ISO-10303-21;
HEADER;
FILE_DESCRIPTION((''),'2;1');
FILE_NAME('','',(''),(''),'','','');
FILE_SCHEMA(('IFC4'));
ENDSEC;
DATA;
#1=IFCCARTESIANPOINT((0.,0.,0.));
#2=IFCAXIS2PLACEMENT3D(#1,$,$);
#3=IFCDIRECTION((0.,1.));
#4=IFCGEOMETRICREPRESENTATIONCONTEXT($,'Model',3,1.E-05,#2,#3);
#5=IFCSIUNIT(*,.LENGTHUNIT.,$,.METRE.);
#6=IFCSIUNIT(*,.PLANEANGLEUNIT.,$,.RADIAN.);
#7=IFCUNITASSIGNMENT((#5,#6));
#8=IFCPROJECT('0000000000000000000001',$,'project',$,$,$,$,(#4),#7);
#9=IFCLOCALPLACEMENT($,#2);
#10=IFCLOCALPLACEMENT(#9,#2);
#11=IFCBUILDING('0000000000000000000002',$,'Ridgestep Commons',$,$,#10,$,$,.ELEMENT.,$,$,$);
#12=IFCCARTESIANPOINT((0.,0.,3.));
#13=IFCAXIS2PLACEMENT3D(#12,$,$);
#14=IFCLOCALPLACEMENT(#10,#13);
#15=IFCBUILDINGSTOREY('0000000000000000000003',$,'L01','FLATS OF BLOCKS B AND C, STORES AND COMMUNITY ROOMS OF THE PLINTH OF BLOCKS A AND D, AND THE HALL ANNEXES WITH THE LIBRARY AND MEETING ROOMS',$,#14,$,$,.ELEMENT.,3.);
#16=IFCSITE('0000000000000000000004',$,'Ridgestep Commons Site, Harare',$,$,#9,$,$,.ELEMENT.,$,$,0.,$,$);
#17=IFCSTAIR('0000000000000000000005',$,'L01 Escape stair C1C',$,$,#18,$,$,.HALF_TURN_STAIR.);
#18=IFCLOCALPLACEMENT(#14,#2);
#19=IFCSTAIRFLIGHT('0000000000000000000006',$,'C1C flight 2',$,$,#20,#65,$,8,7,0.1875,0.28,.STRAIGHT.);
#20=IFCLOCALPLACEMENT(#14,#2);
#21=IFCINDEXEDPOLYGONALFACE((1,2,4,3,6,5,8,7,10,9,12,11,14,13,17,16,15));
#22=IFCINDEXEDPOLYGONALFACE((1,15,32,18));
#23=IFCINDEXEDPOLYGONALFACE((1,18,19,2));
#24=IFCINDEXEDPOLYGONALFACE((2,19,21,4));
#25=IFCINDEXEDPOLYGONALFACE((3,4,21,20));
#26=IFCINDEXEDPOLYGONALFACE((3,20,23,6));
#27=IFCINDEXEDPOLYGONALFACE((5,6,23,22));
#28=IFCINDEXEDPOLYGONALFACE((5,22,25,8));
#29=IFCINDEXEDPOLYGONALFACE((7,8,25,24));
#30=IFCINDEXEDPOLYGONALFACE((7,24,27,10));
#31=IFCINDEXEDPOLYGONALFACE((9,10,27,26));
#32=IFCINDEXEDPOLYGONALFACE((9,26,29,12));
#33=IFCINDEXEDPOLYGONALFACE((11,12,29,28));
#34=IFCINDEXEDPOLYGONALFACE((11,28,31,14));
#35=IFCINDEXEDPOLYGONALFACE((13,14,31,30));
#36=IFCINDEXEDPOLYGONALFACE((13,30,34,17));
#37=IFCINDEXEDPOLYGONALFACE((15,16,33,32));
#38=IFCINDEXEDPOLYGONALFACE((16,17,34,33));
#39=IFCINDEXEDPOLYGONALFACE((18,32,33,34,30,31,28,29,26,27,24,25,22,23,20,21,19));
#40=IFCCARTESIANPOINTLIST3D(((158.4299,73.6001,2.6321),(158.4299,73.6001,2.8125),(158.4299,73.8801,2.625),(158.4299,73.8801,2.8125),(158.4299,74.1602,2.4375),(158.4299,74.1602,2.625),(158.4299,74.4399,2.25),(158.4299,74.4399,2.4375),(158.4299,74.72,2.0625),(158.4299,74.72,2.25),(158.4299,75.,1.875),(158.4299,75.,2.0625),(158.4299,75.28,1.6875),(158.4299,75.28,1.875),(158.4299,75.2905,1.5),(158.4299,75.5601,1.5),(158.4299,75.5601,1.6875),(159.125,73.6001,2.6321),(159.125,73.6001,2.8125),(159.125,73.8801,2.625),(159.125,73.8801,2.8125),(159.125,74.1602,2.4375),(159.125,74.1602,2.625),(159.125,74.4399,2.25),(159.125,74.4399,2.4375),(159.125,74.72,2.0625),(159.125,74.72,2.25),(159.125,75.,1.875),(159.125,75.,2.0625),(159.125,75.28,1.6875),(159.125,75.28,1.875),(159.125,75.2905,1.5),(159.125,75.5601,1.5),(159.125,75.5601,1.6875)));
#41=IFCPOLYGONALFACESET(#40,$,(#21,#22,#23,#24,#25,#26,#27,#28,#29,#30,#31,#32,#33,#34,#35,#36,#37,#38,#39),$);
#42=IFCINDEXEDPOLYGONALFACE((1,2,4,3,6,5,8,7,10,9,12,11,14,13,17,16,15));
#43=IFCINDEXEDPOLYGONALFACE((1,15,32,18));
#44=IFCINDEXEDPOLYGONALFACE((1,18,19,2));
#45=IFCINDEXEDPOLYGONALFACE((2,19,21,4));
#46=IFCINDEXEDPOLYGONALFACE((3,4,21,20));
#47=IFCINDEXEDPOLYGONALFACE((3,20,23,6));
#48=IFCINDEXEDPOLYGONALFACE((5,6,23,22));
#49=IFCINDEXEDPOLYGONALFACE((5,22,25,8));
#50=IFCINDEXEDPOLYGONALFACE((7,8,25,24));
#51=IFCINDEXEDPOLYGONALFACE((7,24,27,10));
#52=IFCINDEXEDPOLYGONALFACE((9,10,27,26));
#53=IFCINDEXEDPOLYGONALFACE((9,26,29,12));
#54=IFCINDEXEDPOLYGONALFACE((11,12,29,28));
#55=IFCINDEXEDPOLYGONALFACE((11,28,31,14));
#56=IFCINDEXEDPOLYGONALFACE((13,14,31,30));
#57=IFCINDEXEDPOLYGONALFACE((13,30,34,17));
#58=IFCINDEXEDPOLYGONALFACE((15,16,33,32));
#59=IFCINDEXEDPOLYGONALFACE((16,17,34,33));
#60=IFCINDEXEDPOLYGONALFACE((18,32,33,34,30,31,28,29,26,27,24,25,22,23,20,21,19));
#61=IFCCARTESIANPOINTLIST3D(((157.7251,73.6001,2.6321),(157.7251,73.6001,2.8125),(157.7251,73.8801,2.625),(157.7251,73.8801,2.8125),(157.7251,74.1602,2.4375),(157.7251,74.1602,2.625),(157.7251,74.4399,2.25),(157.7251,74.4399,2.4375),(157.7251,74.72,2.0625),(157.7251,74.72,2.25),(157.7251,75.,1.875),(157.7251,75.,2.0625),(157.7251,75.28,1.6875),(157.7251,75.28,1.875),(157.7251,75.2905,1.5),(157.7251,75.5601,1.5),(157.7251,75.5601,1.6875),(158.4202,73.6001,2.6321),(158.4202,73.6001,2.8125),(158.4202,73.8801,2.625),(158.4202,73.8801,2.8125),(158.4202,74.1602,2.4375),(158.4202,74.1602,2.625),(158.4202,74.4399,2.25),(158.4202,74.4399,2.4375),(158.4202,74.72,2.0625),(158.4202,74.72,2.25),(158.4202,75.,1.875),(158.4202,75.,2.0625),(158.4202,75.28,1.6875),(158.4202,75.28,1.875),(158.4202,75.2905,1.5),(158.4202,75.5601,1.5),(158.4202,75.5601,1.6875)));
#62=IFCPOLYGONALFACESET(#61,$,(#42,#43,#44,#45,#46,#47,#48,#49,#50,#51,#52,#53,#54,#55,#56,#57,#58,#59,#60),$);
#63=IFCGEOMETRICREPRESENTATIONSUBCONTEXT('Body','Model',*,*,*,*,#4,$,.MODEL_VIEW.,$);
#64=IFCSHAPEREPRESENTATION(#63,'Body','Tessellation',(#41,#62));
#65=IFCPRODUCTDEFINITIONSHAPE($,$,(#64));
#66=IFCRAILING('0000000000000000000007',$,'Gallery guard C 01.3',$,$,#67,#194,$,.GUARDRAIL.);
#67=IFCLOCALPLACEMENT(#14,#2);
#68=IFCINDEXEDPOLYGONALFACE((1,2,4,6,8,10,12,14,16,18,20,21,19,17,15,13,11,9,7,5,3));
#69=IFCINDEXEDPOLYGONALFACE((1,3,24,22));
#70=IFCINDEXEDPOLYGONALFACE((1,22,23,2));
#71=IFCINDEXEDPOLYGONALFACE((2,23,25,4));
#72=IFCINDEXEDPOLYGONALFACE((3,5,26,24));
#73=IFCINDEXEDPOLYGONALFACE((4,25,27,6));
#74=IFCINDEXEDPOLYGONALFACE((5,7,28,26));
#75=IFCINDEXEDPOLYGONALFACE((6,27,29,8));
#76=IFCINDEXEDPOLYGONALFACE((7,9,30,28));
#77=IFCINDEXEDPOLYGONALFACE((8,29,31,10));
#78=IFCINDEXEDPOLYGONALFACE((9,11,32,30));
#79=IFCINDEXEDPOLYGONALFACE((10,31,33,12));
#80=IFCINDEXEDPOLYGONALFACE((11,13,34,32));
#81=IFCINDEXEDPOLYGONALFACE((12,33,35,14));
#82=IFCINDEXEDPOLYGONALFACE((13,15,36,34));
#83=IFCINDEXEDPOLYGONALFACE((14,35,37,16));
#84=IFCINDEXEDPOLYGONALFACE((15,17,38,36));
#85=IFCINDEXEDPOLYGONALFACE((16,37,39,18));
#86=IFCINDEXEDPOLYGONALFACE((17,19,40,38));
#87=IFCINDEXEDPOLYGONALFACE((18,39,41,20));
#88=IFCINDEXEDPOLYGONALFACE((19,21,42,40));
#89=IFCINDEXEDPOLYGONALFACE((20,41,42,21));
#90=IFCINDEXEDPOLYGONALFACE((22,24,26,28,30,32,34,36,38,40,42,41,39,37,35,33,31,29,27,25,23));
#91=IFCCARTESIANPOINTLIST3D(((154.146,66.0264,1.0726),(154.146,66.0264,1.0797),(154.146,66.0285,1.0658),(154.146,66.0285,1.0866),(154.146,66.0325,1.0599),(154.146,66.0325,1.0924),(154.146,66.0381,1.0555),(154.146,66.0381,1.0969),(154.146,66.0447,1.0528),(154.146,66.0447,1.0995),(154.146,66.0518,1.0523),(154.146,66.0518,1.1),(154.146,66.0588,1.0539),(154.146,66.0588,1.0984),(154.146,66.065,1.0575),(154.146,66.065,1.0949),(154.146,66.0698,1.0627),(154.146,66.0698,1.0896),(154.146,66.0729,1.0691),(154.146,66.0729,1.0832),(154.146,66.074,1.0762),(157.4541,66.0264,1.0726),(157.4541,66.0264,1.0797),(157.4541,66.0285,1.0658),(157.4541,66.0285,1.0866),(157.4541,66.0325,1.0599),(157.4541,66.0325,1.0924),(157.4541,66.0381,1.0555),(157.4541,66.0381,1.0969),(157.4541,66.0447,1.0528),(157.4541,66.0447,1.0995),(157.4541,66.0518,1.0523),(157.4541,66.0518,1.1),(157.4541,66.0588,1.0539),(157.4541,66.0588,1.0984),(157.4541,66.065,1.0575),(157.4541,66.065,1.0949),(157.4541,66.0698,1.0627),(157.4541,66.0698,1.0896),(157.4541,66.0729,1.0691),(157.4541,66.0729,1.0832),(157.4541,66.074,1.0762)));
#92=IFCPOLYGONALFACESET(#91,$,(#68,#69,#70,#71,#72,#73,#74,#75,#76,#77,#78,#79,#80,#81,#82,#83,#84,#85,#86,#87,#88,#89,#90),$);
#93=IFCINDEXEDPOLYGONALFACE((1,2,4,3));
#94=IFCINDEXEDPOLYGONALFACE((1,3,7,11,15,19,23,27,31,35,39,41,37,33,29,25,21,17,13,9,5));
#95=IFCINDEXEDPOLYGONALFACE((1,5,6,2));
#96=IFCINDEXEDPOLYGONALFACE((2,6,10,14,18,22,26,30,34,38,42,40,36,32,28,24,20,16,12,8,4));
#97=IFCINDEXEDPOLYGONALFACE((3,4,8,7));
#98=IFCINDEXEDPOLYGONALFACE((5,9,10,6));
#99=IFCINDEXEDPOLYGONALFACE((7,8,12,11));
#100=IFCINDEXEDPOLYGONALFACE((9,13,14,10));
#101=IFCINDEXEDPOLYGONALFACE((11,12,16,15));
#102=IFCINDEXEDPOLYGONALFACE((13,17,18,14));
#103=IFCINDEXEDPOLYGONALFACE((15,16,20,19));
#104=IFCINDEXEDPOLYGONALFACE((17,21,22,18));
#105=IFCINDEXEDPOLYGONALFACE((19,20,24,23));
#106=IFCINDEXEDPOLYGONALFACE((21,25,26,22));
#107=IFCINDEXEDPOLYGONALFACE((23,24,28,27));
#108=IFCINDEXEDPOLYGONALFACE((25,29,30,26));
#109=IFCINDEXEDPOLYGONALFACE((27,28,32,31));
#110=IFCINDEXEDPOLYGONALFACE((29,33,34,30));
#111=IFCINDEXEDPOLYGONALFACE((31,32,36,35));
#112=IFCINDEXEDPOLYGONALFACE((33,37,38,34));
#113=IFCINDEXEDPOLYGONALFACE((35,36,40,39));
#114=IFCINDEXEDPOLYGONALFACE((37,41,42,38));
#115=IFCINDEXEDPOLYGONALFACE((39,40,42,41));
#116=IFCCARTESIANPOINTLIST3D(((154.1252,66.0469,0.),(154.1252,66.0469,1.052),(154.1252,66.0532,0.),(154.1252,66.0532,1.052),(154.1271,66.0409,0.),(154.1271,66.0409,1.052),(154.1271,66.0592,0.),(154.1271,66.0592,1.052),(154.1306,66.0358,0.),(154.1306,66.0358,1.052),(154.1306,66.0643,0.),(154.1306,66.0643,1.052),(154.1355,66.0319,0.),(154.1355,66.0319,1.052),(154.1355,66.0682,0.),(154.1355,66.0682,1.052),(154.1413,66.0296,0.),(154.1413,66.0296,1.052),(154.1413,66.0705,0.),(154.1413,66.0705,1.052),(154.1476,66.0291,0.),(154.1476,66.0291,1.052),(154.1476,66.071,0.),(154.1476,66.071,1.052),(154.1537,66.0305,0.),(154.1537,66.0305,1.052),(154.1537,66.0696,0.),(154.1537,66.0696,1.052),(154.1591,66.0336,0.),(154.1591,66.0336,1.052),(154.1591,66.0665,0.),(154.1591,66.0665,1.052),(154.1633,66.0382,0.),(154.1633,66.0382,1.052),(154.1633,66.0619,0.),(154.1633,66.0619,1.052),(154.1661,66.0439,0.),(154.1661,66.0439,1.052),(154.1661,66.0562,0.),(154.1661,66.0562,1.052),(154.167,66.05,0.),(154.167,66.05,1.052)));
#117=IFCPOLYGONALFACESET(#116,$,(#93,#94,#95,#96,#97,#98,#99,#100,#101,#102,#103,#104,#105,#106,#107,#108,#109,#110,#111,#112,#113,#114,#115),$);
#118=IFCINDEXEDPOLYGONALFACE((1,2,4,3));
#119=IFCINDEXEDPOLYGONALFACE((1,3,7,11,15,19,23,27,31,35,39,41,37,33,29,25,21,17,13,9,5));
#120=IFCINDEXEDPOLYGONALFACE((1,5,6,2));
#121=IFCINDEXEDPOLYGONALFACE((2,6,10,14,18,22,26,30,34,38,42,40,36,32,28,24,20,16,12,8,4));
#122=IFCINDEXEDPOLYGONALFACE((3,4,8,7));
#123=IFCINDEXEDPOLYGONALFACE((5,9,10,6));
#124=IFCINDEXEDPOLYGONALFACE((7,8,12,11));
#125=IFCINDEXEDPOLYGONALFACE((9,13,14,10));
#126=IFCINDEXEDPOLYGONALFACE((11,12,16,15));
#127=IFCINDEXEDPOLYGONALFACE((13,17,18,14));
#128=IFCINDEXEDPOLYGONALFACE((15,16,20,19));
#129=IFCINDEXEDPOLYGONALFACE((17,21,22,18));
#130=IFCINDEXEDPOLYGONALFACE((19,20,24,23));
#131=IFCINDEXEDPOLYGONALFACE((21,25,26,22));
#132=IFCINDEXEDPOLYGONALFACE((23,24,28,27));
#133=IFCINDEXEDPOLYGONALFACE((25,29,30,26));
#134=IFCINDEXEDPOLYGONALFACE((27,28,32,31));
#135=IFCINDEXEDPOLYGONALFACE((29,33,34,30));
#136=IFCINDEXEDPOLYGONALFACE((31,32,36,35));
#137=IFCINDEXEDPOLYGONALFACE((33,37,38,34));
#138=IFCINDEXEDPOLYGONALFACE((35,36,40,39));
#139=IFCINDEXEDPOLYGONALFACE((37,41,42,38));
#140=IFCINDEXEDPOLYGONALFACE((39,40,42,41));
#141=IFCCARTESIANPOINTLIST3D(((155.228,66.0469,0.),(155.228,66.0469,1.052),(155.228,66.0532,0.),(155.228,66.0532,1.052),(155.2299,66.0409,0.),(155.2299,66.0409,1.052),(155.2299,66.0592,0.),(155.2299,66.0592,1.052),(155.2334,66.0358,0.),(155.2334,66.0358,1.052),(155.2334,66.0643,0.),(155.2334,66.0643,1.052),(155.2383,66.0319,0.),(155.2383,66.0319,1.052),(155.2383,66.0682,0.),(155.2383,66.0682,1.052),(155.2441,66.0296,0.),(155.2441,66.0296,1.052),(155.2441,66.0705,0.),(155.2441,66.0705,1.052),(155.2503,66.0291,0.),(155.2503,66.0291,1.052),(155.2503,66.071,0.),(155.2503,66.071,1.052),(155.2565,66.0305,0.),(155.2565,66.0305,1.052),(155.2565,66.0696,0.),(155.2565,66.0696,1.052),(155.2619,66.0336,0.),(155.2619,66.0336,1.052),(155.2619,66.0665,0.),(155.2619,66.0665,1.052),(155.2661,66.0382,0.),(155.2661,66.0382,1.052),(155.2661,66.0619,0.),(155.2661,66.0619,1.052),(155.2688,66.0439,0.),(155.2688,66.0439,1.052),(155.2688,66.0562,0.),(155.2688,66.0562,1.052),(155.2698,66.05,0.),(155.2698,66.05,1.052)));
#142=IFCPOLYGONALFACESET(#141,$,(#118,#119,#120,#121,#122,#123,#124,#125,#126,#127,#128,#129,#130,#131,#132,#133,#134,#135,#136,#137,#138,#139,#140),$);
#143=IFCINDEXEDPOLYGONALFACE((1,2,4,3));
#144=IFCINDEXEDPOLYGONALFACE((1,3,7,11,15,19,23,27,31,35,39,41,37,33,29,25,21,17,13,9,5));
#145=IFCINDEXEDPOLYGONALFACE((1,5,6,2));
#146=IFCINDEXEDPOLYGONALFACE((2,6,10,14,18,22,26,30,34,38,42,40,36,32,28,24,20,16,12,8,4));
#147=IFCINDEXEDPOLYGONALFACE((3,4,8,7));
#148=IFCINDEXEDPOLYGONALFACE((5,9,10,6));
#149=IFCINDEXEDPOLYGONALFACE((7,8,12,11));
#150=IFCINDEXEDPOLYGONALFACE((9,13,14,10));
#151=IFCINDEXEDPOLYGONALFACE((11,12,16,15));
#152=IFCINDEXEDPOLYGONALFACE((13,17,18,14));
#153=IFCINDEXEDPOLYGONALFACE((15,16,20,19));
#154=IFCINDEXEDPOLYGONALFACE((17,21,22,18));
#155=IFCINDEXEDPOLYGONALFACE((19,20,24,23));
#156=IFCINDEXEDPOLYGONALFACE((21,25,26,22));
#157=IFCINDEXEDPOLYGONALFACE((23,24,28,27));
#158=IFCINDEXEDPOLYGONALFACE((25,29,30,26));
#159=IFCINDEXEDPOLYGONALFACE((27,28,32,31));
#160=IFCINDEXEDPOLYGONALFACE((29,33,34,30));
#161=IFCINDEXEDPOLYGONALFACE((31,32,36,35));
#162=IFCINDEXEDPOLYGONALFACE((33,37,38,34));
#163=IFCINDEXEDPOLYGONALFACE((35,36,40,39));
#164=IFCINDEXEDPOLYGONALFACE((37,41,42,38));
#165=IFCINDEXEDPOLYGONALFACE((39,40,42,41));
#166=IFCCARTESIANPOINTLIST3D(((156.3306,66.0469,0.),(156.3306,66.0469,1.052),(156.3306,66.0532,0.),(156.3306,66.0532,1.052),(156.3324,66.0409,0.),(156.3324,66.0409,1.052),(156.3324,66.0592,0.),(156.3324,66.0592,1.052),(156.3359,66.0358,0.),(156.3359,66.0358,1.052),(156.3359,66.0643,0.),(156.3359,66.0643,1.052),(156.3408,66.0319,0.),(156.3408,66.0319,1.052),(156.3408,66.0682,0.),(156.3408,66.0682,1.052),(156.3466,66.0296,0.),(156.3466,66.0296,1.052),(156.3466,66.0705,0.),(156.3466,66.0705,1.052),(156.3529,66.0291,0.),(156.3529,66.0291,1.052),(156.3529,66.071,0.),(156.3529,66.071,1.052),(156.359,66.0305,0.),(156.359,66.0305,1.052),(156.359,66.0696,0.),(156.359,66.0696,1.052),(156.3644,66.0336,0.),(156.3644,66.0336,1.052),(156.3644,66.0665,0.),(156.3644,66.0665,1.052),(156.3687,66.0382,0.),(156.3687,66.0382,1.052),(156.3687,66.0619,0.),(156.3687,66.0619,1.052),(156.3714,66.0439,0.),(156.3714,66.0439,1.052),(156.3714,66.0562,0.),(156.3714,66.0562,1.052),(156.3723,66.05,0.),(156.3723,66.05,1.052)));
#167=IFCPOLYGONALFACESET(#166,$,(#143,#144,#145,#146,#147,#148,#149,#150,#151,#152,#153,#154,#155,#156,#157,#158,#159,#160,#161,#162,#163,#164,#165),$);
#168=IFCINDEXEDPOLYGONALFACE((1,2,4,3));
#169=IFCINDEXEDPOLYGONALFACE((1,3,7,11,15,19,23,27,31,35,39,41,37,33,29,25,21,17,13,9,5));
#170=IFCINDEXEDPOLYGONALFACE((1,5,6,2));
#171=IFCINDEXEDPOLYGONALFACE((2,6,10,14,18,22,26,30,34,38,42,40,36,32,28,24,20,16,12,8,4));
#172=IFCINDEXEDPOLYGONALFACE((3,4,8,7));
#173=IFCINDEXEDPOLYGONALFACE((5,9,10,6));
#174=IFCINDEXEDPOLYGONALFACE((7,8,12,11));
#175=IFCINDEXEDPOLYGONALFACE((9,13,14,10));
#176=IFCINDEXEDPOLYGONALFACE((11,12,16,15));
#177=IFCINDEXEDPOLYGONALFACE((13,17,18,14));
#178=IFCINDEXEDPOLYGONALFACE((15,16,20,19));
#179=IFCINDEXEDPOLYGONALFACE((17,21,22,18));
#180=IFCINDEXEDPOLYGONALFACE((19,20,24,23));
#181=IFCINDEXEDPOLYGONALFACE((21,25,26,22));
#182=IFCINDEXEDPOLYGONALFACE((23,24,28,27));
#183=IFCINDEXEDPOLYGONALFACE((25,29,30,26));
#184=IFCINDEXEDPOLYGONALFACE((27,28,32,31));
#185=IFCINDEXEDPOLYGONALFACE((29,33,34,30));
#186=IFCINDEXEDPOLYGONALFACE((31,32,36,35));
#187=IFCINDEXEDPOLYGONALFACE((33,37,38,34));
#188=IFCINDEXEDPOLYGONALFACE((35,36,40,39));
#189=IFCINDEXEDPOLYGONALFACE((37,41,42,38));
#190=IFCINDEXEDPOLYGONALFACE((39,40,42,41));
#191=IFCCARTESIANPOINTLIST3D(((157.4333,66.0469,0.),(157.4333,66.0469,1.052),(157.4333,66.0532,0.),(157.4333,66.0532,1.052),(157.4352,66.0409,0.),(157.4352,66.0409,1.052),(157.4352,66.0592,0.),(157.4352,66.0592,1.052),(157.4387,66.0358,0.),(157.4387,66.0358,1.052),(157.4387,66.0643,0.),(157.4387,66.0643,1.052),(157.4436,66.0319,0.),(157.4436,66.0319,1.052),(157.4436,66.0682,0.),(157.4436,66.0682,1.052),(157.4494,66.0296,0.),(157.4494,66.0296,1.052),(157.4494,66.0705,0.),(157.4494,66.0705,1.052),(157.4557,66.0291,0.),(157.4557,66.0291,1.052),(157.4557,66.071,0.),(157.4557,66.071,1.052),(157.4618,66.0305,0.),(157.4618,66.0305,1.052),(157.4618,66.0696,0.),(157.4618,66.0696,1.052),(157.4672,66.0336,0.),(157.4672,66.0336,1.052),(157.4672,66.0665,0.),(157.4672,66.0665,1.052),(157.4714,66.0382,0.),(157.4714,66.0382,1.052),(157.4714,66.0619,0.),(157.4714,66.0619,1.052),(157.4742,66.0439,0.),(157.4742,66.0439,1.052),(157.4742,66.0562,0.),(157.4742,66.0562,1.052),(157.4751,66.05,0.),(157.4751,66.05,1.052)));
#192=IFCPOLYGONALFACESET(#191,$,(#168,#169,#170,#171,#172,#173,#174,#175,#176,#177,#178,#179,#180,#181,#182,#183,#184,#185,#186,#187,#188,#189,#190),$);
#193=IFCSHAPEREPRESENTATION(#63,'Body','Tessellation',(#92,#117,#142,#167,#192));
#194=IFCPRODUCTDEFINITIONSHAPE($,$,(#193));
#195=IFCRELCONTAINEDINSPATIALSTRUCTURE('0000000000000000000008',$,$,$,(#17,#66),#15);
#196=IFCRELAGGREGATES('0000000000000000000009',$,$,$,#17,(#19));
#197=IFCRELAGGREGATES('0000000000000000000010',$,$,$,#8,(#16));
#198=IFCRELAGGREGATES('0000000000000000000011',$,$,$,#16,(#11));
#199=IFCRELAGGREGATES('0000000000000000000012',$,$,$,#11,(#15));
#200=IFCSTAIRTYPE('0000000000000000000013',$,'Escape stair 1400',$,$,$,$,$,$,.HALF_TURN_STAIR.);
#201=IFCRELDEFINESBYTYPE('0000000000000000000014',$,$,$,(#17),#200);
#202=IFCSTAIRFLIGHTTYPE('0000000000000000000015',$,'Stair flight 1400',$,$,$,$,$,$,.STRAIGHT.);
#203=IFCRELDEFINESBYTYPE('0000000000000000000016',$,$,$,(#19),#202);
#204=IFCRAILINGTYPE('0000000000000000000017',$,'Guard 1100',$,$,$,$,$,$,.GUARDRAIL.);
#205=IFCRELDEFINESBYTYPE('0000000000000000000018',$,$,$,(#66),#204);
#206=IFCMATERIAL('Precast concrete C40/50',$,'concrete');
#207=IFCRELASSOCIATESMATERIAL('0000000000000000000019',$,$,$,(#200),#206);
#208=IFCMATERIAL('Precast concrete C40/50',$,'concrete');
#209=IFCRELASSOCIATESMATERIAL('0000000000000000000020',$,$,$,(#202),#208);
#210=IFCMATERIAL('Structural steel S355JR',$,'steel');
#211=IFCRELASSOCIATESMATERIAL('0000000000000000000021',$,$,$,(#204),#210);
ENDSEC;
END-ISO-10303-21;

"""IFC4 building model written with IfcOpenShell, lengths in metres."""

from ifc_helpers import new_model, si_unit, direction, frame, origin, origin_2d, place, context, subcontext, project, spatial, polyline, circle, outline, extrude, material, type_object, element, aggregate, save


model = new_model("IFC4")

# Units and contexts
model_context = context("Model", 3, precision=1e-05, world=origin(), true_north=direction((0.0, 1.0)))
body_context = subcontext(model_context, "Body", "Model", "MODEL_VIEW")
ifc_project = project(units=[si_unit("LENGTHUNIT", "METRE"), si_unit("PLANEANGLEUNIT", "RADIAN")], contexts=[model_context])

# Site, building, storey
site_placement = place(None, origin())
site = spatial("IfcSite", under=ifc_project, at=site_placement, Name="Ridgestep Commons Site, Harare", CompositionType="ELEMENT", RefElevation=0.0)
building_placement = place(site_placement, origin())
building = spatial("IfcBuilding", under=site, at=building_placement, Name="Ridgestep Commons", CompositionType="ELEMENT")
storey_placement = place(building_placement, frame((0.0, 0.0, 3.0)))
storey = spatial("IfcBuildingStorey", under=building, at=storey_placement, Name="L01", Description="FLATS OF BLOCKS B AND C, STORES AND COMMUNITY ROOMS OF THE PLINTH OF BLOCKS A AND D, AND THE HALL ANNEXES WITH THE LIBRARY AND MEETING ROOMS", CompositionType="ELEMENT", Elevation=3.0)

# Stair, stair flight
ifc_material_1 = material(Name="Precast concrete C40/50", Category="concrete")
stair_type = type_object("IfcStairType", Name="Escape stair 1400", PredefinedType="HALF_TURN_STAIR", material=ifc_material_1)
stair_placement = place(storey_placement, origin())
stair = element("IfcStair", 1, at=stair_placement, inside=storey, type_object=stair_type, Name="L01 Escape stair C1C", PredefinedType="HALF_TURN_STAIR")
ifc_material_2 = material(Name="Precast concrete C40/50", Category="concrete")
stair_flight_type = type_object("IfcStairFlightType", Name="Stair flight 1400", PredefinedType="STRAIGHT", material=ifc_material_2)
stair_flight_1_placement = place(storey_placement, frame((158.425, 75.5601, 1.5), z_axis=(0.0, 0.0, 1.0), x_axis=(0.0, -1.0, 0.0)))
stair_flight_1 = element("IfcStairFlight", 2, at=stair_flight_1_placement, type_object=stair_flight_type, Name="C1C flight 2", NumberOfRisers=8, NumberOfTreads=7, PredefinedType="STRAIGHT", RiserHeight=0.1875, TreadLength=0.28, context=body_context, shape_type="SweptSolid", body=[
    extrude(outline(polyline([(0.0, 0.0), (0.0, 0.1875), (0.28, 0.1875), (0.28, 0.375), (0.5601, 0.375), (0.5601, 0.5625), (0.8401, 0.5625), (0.8401, 0.75), (1.1201, 0.75), (1.1201, 0.9375), (1.3999, 0.9375), (1.3999, 1.125), (1.6799, 1.125), (1.6799, 1.3125), (1.96, 1.3125), (1.96, 1.5), (1.96, 1.1321), (0.2695, 0.0), (0.0, 0.0)])), frame((0.0, 0.7, 0.0), z_axis=(0.0, -1.0, 0.0), x_axis=(1.0, 0.0, 0.0)), (0.0, 0.0, 1.0), 0.6951),
    extrude(outline(polyline([(0.0, 0.0), (0.0, 0.1875), (0.28, 0.1875), (0.28, 0.375), (0.5601, 0.375), (0.5601, 0.5625), (0.8401, 0.5625), (0.8401, 0.75), (1.1201, 0.75), (1.1201, 0.9375), (1.3999, 0.9375), (1.3999, 1.125), (1.6799, 1.125), (1.6799, 1.3125), (1.96, 1.3125), (1.96, 1.5), (1.96, 1.1321), (0.2695, 0.0), (0.0, 0.0)])), frame((0.0, -0.0049, 0.0), z_axis=(0.0, -1.0, 0.0), x_axis=(1.0, 0.0, 0.0)), (0.0, 0.0, 1.0), 0.6951),
])
aggregate(stair, [stair_flight_1])

# Railing
ifc_material_3 = material(Name="Structural steel S355JR", Category="steel")
railing_type_1 = type_object("IfcRailingType", Name="Guard 1100", PredefinedType="GUARDRAIL", material=ifc_material_3)
railing_1_placement = place(storey_placement, frame((154.146, 66.05, 0.0)))
element("IfcRailing", 3, at=railing_1_placement, inside=storey, type_object=railing_type_1, Name="Gallery guard C 01.3", PredefinedType="GUARDRAIL", context=body_context, shape_type="SweptSolid", body=[
    extrude(circle(Radius=0.0239, at=origin_2d()), frame((0.0, 0.0, 1.0762), z_axis=(1.0, 0.0, 0.0), x_axis=(0.0, 1.0, 0.0)), (0.0, 0.0, 1.0), 3.3081),
    extrude(circle(Radius=0.021, at=origin_2d()), origin(), (0.0, 0.0, 1.0), 1.052),
    extrude(circle(Radius=0.021, at=origin_2d()), frame((1.1028, 0.0, 0.0)), (0.0, 0.0, 1.0), 1.052),
    extrude(circle(Radius=0.021, at=origin_2d()), frame((2.2053, 0.0, 0.0)), (0.0, 0.0, 1.0), 1.052),
    extrude(circle(Radius=0.021, at=origin_2d()), frame((3.3081, 0.0, 0.0)), (0.0, 0.0, 1.0), 1.052),
])

save(model, "model.ifc")
